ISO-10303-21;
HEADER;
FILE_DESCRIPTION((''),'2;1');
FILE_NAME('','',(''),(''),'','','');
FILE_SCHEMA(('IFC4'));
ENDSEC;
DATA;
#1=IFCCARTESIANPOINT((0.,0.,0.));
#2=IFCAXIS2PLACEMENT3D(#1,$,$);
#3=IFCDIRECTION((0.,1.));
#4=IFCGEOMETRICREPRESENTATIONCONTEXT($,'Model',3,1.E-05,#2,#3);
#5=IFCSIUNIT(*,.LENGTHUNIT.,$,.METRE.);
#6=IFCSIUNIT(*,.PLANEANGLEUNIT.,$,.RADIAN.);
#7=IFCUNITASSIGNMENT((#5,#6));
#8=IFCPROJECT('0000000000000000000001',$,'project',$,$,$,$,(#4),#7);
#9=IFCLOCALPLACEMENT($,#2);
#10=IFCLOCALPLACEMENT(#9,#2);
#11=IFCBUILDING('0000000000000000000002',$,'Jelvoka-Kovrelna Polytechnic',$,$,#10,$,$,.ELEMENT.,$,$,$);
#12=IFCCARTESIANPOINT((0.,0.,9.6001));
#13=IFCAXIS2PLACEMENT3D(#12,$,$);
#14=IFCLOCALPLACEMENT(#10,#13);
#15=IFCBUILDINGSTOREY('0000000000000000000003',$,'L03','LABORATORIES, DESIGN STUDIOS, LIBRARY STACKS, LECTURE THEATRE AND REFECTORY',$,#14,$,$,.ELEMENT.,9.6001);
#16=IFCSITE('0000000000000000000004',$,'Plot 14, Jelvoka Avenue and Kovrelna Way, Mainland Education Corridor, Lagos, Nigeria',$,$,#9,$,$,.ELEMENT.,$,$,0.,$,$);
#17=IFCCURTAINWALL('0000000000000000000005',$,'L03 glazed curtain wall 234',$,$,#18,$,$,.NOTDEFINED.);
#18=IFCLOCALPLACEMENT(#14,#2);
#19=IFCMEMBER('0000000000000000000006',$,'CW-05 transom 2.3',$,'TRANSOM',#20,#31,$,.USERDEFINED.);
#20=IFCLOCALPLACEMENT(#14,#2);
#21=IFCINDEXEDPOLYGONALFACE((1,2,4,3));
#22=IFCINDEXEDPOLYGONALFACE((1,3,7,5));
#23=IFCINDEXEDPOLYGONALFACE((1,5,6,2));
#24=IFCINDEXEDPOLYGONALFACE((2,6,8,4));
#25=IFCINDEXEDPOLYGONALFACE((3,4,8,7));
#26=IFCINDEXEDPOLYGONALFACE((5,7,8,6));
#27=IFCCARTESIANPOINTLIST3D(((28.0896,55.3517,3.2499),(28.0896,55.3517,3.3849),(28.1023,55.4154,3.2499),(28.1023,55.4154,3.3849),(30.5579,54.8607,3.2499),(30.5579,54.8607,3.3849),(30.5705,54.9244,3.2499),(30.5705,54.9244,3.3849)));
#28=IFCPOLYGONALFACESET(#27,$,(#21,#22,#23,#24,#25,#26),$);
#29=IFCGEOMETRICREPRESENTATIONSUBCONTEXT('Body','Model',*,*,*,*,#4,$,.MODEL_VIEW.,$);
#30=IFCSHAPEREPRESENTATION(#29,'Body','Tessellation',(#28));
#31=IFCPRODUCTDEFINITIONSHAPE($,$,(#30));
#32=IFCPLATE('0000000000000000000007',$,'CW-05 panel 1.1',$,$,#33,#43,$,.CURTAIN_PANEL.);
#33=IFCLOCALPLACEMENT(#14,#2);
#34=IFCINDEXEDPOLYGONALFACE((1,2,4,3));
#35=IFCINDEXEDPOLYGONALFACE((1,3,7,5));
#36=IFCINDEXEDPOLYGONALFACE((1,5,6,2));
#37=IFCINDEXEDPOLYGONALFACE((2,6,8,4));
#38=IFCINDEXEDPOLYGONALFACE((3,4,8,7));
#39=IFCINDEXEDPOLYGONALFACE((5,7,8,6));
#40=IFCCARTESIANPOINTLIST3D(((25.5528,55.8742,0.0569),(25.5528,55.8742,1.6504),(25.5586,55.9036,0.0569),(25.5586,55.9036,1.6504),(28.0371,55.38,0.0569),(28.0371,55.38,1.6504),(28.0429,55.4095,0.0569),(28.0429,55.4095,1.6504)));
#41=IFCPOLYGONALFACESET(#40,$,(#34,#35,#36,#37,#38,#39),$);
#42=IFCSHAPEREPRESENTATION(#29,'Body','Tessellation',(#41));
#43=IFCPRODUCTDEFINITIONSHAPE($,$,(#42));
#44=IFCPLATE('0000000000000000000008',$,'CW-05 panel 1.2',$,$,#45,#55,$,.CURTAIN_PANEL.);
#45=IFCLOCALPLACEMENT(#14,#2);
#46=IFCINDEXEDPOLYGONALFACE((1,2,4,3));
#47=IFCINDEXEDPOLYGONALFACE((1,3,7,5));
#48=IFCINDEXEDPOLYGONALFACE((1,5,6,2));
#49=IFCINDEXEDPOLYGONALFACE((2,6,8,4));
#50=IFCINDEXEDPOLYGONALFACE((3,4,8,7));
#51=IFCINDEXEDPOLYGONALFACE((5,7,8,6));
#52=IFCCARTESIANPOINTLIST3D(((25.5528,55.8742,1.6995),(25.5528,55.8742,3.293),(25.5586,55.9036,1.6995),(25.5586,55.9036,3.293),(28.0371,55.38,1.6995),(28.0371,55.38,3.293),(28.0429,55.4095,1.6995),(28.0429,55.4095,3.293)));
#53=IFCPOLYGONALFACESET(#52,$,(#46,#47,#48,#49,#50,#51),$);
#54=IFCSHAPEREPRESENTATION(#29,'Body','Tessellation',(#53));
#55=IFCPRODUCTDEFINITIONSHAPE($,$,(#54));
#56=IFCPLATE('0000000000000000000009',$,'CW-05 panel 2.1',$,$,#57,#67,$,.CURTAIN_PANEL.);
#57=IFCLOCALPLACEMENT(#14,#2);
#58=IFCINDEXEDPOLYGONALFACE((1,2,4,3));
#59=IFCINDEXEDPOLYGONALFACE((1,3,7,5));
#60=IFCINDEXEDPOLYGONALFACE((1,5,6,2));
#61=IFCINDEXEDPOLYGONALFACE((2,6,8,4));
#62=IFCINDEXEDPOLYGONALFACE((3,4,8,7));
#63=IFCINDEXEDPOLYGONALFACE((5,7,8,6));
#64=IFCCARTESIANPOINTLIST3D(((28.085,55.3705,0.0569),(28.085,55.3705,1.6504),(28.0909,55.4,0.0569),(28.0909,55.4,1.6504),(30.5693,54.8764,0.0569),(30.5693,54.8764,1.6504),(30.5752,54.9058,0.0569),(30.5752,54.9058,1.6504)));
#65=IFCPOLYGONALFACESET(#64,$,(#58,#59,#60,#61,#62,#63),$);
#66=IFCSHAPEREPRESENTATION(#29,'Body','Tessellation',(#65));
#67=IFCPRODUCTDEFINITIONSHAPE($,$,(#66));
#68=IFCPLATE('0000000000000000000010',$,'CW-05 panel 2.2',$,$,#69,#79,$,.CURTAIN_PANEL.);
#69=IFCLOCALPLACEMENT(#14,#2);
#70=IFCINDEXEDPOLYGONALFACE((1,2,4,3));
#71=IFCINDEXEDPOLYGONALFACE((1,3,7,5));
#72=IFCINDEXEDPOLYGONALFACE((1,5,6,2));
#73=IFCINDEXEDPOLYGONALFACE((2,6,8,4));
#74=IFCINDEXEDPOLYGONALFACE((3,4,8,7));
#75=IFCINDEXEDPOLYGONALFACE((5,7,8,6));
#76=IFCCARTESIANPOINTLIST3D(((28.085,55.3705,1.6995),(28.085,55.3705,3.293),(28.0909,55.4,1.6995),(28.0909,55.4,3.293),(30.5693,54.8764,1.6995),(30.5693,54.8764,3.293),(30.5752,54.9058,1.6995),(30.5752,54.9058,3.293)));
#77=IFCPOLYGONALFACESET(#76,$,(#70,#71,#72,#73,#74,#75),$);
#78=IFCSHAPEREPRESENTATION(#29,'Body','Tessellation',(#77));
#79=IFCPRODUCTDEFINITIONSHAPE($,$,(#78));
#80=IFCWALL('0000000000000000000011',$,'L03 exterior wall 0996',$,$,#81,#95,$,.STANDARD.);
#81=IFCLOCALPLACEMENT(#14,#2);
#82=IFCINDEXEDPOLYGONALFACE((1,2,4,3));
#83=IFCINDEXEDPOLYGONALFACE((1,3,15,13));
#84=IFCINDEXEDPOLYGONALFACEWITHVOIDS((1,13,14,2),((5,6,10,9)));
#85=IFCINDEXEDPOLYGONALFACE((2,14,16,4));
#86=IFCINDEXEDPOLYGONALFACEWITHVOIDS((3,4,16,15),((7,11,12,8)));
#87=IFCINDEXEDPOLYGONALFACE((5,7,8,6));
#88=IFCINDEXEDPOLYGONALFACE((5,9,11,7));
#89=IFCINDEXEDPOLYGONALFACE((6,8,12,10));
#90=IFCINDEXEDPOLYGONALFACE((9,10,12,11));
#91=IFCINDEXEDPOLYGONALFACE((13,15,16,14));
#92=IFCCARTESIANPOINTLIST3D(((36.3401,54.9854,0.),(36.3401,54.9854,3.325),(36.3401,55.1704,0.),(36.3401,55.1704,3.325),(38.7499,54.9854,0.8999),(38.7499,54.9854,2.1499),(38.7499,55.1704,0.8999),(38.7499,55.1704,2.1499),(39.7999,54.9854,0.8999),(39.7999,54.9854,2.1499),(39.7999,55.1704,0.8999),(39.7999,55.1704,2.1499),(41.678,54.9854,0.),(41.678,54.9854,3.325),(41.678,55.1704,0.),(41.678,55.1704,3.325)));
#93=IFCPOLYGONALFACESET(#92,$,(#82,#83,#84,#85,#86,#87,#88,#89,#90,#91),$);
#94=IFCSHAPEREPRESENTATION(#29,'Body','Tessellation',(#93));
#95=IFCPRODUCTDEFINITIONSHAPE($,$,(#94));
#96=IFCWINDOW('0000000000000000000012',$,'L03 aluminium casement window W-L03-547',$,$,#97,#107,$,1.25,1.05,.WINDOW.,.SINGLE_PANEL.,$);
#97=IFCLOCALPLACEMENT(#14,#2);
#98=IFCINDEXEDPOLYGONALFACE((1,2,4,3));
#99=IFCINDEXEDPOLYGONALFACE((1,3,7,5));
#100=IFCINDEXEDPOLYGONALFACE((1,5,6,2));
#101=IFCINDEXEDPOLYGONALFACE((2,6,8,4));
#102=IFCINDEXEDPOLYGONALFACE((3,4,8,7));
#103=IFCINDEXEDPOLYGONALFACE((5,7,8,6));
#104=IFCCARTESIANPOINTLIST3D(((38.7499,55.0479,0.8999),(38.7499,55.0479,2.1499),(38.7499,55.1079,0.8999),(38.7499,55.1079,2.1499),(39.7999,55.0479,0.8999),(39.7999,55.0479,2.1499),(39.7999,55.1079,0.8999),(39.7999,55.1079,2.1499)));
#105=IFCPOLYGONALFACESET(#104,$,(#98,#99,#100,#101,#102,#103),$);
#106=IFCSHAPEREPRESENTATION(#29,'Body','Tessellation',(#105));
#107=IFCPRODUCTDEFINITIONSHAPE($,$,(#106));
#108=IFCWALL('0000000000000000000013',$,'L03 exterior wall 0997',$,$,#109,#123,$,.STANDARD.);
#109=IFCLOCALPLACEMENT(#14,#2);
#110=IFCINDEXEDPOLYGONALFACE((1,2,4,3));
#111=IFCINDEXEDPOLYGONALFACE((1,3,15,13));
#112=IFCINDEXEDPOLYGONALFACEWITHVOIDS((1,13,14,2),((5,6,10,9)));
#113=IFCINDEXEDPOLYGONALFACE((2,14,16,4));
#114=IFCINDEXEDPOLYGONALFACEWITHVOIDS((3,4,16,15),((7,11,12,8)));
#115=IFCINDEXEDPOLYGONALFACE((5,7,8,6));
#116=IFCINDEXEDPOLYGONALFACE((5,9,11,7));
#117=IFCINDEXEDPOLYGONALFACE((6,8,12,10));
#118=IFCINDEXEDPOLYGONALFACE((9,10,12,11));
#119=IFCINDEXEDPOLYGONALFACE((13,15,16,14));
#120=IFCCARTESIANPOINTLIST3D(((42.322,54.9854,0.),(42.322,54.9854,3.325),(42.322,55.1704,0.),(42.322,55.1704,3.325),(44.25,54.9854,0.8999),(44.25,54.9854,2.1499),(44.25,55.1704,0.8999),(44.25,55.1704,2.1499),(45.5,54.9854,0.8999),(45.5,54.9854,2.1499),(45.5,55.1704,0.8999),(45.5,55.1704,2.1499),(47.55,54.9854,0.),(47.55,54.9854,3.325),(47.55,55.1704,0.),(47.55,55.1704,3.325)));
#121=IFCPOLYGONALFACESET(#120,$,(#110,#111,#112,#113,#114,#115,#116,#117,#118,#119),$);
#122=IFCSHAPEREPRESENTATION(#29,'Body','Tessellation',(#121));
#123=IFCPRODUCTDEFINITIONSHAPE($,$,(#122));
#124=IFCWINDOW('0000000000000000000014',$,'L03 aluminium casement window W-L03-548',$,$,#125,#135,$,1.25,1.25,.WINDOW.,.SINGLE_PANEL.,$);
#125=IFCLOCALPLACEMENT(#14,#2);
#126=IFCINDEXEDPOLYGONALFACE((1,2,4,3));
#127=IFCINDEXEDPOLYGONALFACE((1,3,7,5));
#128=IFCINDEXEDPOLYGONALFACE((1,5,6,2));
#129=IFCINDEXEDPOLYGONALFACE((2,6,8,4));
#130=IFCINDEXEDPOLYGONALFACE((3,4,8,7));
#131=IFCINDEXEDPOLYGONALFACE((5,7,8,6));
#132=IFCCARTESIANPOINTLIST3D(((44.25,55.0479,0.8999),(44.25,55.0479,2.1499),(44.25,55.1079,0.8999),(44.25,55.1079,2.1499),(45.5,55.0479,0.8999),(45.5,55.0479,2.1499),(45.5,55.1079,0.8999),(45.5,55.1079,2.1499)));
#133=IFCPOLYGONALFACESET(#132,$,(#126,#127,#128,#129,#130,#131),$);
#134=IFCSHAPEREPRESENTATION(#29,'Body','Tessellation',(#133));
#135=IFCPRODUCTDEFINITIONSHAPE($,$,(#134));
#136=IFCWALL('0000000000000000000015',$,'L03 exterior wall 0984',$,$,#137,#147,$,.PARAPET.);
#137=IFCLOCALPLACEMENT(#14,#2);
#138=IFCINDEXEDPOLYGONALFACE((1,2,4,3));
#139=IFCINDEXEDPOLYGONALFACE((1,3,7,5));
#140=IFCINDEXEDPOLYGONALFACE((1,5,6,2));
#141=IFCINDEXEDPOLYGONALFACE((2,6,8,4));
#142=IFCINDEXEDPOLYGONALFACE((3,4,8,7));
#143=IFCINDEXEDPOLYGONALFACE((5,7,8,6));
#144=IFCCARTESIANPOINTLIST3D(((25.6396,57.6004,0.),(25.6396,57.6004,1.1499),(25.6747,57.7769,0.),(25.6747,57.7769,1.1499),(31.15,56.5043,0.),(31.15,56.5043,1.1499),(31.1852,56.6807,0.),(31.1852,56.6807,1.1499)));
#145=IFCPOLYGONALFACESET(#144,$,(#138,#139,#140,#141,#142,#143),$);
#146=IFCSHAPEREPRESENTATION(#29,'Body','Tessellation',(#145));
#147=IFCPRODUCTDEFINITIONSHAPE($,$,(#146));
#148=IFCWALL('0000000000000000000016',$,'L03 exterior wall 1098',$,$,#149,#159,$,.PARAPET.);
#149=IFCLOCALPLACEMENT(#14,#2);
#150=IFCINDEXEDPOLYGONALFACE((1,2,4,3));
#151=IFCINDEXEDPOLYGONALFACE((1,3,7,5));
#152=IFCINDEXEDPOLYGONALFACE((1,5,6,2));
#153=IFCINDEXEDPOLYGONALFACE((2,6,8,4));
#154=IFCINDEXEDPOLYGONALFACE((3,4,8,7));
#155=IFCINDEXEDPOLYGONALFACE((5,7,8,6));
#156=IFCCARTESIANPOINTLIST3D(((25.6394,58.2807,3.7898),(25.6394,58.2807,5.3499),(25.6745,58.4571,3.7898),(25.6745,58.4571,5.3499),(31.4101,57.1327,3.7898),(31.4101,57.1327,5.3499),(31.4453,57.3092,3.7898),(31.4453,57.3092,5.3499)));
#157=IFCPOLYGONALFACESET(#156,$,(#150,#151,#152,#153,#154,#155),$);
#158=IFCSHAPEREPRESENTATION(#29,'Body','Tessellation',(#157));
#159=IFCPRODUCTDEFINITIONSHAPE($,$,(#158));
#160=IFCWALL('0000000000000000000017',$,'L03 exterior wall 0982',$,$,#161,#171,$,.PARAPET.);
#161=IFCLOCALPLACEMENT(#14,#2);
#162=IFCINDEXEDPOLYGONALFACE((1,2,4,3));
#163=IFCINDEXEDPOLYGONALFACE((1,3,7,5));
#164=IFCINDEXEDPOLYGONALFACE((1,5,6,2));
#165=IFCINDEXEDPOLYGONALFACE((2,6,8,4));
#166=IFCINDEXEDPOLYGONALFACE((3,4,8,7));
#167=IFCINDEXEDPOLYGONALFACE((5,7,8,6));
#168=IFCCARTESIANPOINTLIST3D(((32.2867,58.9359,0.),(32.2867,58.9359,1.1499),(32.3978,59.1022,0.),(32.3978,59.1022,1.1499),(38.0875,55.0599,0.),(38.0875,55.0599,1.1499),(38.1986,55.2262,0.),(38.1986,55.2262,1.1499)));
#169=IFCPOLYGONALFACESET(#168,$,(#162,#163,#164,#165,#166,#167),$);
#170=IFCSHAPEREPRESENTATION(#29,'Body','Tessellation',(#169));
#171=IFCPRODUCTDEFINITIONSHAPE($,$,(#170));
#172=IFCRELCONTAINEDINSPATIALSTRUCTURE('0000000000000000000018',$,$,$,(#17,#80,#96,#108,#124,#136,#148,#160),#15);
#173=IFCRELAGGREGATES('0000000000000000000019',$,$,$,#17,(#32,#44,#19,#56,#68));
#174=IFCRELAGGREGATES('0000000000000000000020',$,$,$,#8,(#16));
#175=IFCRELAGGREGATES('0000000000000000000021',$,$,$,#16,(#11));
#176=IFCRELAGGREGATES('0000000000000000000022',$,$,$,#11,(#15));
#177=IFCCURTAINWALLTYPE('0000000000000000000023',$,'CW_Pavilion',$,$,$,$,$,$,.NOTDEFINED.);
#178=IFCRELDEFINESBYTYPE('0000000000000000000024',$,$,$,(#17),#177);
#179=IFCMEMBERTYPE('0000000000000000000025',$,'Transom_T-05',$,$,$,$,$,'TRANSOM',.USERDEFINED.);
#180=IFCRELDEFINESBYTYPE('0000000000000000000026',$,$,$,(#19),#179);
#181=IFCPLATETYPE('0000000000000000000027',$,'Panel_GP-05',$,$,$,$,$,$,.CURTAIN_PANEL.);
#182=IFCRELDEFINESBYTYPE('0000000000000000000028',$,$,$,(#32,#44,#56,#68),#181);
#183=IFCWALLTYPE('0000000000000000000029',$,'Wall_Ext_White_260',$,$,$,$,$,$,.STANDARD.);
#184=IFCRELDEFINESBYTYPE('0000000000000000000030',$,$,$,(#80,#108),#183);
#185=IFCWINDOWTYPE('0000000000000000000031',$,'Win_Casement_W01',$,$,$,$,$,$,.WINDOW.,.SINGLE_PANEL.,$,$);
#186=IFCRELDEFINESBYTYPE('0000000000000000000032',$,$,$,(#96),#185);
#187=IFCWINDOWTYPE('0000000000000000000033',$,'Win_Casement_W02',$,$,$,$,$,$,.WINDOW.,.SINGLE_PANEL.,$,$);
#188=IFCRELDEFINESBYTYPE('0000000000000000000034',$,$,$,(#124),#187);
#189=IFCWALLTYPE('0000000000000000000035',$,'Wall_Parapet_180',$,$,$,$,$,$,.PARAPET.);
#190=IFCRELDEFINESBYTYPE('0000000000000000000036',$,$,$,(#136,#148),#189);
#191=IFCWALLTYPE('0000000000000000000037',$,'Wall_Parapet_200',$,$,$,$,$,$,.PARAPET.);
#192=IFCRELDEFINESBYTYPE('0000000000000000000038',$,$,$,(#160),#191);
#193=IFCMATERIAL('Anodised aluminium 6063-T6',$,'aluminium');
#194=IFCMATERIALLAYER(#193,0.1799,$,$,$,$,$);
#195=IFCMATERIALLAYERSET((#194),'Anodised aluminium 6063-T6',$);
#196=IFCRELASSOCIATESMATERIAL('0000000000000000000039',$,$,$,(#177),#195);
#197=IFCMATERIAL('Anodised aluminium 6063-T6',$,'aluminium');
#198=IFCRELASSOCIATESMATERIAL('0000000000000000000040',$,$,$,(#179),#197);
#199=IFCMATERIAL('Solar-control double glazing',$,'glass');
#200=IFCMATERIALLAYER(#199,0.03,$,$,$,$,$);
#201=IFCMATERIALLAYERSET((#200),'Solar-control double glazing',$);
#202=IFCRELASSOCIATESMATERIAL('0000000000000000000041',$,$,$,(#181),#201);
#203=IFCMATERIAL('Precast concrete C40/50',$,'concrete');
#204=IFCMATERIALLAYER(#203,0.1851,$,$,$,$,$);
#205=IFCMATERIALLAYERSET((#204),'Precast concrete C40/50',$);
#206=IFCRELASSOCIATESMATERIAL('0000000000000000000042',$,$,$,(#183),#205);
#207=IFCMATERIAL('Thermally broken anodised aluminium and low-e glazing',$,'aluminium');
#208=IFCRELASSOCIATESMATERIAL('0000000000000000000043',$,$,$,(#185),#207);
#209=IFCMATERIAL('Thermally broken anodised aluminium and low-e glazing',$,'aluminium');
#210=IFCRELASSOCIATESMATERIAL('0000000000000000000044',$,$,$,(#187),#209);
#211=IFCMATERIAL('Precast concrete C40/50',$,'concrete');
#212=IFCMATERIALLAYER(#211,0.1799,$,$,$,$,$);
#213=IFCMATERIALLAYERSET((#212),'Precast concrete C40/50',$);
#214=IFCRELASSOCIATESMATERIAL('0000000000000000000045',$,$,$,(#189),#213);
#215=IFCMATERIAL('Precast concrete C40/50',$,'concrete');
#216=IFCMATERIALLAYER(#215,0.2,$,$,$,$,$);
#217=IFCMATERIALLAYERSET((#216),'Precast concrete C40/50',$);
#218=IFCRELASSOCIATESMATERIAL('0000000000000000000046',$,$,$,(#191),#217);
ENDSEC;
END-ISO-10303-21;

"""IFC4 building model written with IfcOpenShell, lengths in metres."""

from ifc_helpers import new_model, si_unit, direction, frame, frame_2d, origin, origin_2d, place, context, subcontext, project, spatial, rectangle, extrude, material, layer, layer_set, material_profile, profile_set, type_object, element, fill, aggregate, save


model = new_model("IFC4")

# Units and contexts
model_context = context("Model", 3, precision=1e-05, world=origin(), true_north=direction((0.0, 1.0)))
body_context = subcontext(model_context, "Body", "Model", "MODEL_VIEW")
ifc_project = project(units=[si_unit("LENGTHUNIT", "METRE"), si_unit("PLANEANGLEUNIT", "RADIAN")], contexts=[model_context])

# Site, building, storey
site_placement = place(None, origin())
site = spatial("IfcSite", under=ifc_project, at=site_placement, Name="Plot 14, Jelvoka Avenue and Kovrelna Way, Mainland Education Corridor, Lagos, Nigeria", CompositionType="ELEMENT", RefElevation=0.0)
building_placement = place(site_placement, origin())
building = spatial("IfcBuilding", under=site, at=building_placement, Name="Jelvoka-Kovrelna Polytechnic", CompositionType="ELEMENT")
storey_placement = place(building_placement, frame((0.0, 0.0, 9.6001)))
storey = spatial("IfcBuildingStorey", under=building, at=storey_placement, Name="L03", Description="LABORATORIES, DESIGN STUDIOS, LIBRARY STACKS, LECTURE THEATRE AND REFECTORY", CompositionType="ELEMENT", Elevation=9.6001)

# Shared definitions
ifc_material_1 = material(Name="Anodised aluminium 6063-T6", Category="aluminium")
ifc_layer_1 = layer(ifc_material_1, 0.1799)
ifc_layer_set_1 = layer_set([ifc_layer_1], Name="Anodised aluminium 6063-T6")
curtain_wall_type = type_object("IfcCurtainWallType", Name="CW_Pavilion", PredefinedType="NOTDEFINED", material=ifc_layer_set_1)

# Curtain wall
curtain_wall_1_placement = place(storey_placement, origin())
curtain_wall_1 = element("IfcCurtainWall", 1, at=curtain_wall_1_placement, inside=storey, type_object=curtain_wall_type, Name="L03 glazed curtain wall 234", PredefinedType="NOTDEFINED")

# Member
ifc_material_2 = material(Name="Anodised aluminium 6063-T6", Category="aluminium")
ifc_material_profile_1 = material_profile(ifc_material_2, rectangle(XDim=0.0649, YDim=0.135, at=origin_2d()), Name="ALU 65x135")
ifc_profile_set_1 = profile_set([ifc_material_profile_1], Name="Anodised aluminium 6063-T6")
member_type_1 = type_object("IfcMemberType", Name="Transom_T-05", ElementType="TRANSOM", PredefinedType="USERDEFINED", material=ifc_profile_set_1)
member_1_placement = place(storey_placement, frame((28.0959, 55.3835, 3.3174), z_axis=(0.980785, -0.19509, 0.0), x_axis=(0.19509, 0.980785, 0.0)))
member_1 = element("IfcMember", 2, at=member_1_placement, type_object=member_type_1, Name="CW-05 transom 2.3", ObjectType="TRANSOM", PredefinedType="USERDEFINED", context=body_context, shape_type="SweptSolid", body=[
    extrude(rectangle(XDim=0.0649, YDim=0.135, at=origin_2d()), origin(), (0.0, 0.0, 1.0), 2.5166),
])

# Plates
ifc_material_3 = material(Name="Solar-control double glazing", Category="glass")
ifc_layer_2 = layer(ifc_material_3, 0.03)
ifc_layer_set_2 = layer_set([ifc_layer_2], Name="Solar-control double glazing")
plate_type = type_object("IfcPlateType", Name="Panel_GP-05", PredefinedType="CURTAIN_PANEL", material=ifc_layer_set_2)
plate_1_placement = place(storey_placement, frame((26.7979, 55.6418, 0.0569), z_axis=(0.0, 0.0, 1.0), x_axis=(0.980786, -0.195086, 0.0)))
plate_1 = element("IfcPlate", 3, at=plate_1_placement, type_object=plate_type, Name="CW-05 panel 1.1", PredefinedType="CURTAIN_PANEL", context=body_context, shape_type="SweptSolid", body=[
    extrude(rectangle(XDim=2.533, YDim=0.03, at=origin_2d()), origin(), (0.0, 0.0, 1.0), 1.5935),
])
plate_2_placement = place(storey_placement, frame((26.7979, 55.6418, 1.6995), z_axis=(0.0, 0.0, 1.0), x_axis=(0.980786, -0.195086, 0.0)))
plate_2 = element("IfcPlate", 4, at=plate_2_placement, type_object=plate_type, Name="CW-05 panel 1.2", PredefinedType="CURTAIN_PANEL", context=body_context, shape_type="SweptSolid", body=[
    extrude(rectangle(XDim=2.533, YDim=0.03, at=origin_2d()), origin(), (0.0, 0.0, 1.0), 1.5935),
])
plate_3_placement = place(storey_placement, frame((29.3301, 55.1382, 0.0569), z_axis=(0.0, 0.0, 1.0), x_axis=(0.980786, -0.195086, 0.0)))
plate_3 = element("IfcPlate", 5, at=plate_3_placement, type_object=plate_type, Name="CW-05 panel 2.1", PredefinedType="CURTAIN_PANEL", context=body_context, shape_type="SweptSolid", body=[
    extrude(rectangle(XDim=2.533, YDim=0.03, at=origin_2d()), origin(), (0.0, 0.0, 1.0), 1.5935),
])
plate_4_placement = place(storey_placement, frame((29.3301, 55.1382, 1.6995), z_axis=(0.0, 0.0, 1.0), x_axis=(0.980786, -0.195086, 0.0)))
plate_4 = element("IfcPlate", 6, at=plate_4_placement, type_object=plate_type, Name="CW-05 panel 2.2", PredefinedType="CURTAIN_PANEL", context=body_context, shape_type="SweptSolid", body=[
    extrude(rectangle(XDim=2.533, YDim=0.03, at=origin_2d()), origin(), (0.0, 0.0, 1.0), 1.5935),
])
aggregate(curtain_wall_1, [plate_1, plate_2, member_1, plate_3, plate_4])

# Walls, openings, windows
ifc_material_4 = material(Name="Precast concrete C40/50", Category="concrete")
ifc_layer_3 = layer(ifc_material_4, 0.1851)
ifc_layer_set_3 = layer_set([ifc_layer_3], Name="Precast concrete C40/50")
wall_type_1 = type_object("IfcWallType", Name="Wall_Ext_White_260", PredefinedType="STANDARD", material=ifc_layer_set_3)
wall_1_placement = place(storey_placement, frame((36.3401, 55.0779, 0.0), z_axis=(0.0, 0.0, 1.0), x_axis=(1.0, 0.0, 0.0)))
wall_1 = element("IfcWall", 7, at=wall_1_placement, inside=storey, type_object=wall_type_1, Name="L03 exterior wall 0996", PredefinedType="STANDARD", context=body_context, shape_type="SweptSolid", body=[
    extrude(rectangle(XDim=5.3379, YDim=0.1851, at=frame_2d((2.6689, 0.0))), origin(), (0.0, 0.0, 1.0), 3.325),
])
opening_1_placement = place(wall_1_placement, frame((2.4099, 0.0, 0.8999)))
opening_1 = element("IfcOpeningElement", 8, at=opening_1_placement, cuts=wall_1, PredefinedType="OPENING", context=body_context, shape_type="SweptSolid", body=[
    extrude(rectangle(XDim=1.05, YDim=1.25, at=frame_2d((0.5249, 0.625))), frame((0.0, 0.1025, 0.0), z_axis=(0.0, -1.0, 0.0), x_axis=(1.0, 0.0, 0.0)), (0.0, 0.0, 1.0), 0.2051),
])
ifc_material_5 = material(Name="Thermally broken anodised aluminium and low-e glazing", Category="aluminium")
window_type_1 = type_object("IfcWindowType", Name="Win_Casement_W01", PartitioningType="SINGLE_PANEL", PredefinedType="WINDOW", material=ifc_material_5)
window_1_placement = place(opening_1_placement, origin())
window_1 = element("IfcWindow", 9, at=window_1_placement, inside=storey, type_object=window_type_1, Name="L03 aluminium casement window W-L03-547", OverallHeight=1.25, OverallWidth=1.05, PartitioningType="SINGLE_PANEL", PredefinedType="WINDOW", context=body_context, shape_type="SweptSolid", body=[
    extrude(rectangle(XDim=1.05, YDim=1.25, at=frame_2d((0.5249, 0.625))), frame((0.0, 0.03, 0.0), z_axis=(0.0, -1.0, 0.0), x_axis=(1.0, 0.0, 0.0)), (0.0, 0.0, 1.0), 0.0601),
])
fill(opening_1, window_1)
wall_2_placement = place(storey_placement, frame((42.322, 55.0779, 0.0), z_axis=(0.0, 0.0, 1.0), x_axis=(1.0, 0.0, 0.0)))
wall_2 = element("IfcWall", 10, at=wall_2_placement, inside=storey, type_object=wall_type_1, Name="L03 exterior wall 0997", PredefinedType="STANDARD", context=body_context, shape_type="SweptSolid", body=[
    extrude(rectangle(XDim=5.228, YDim=0.1851, at=frame_2d((2.614, 0.0))), origin(), (0.0, 0.0, 1.0), 3.325),
])
opening_2_placement = place(wall_2_placement, frame((1.928, 0.0, 0.8999)))
opening_2 = element("IfcOpeningElement", 11, at=opening_2_placement, cuts=wall_2, PredefinedType="OPENING", context=body_context, shape_type="SweptSolid", body=[
    extrude(rectangle(XDim=1.25, YDim=1.25, at=frame_2d((0.625, 0.625))), frame((0.0, 0.1025, 0.0), z_axis=(0.0, -1.0, 0.0), x_axis=(1.0, 0.0, 0.0)), (0.0, 0.0, 1.0), 0.2051),
])
ifc_material_6 = material(Name="Thermally broken anodised aluminium and low-e glazing", Category="aluminium")
window_type_2 = type_object("IfcWindowType", Name="Win_Casement_W02", PartitioningType="SINGLE_PANEL", PredefinedType="WINDOW", material=ifc_material_6)
window_2_placement = place(opening_2_placement, origin())
window_2 = element("IfcWindow", 12, at=window_2_placement, inside=storey, type_object=window_type_2, Name="L03 aluminium casement window W-L03-548", OverallHeight=1.25, OverallWidth=1.25, PartitioningType="SINGLE_PANEL", PredefinedType="WINDOW", context=body_context, shape_type="SweptSolid", body=[
    extrude(rectangle(XDim=1.25, YDim=1.25, at=frame_2d((0.625, 0.625))), frame((0.0, 0.03, 0.0), z_axis=(0.0, -1.0, 0.0), x_axis=(1.0, 0.0, 0.0)), (0.0, 0.0, 1.0), 0.0601),
])
fill(opening_2, window_2)

# Walls
ifc_material_7 = material(Name="Precast concrete C40/50", Category="concrete")
ifc_layer_4 = layer(ifc_material_7, 0.1799)
ifc_layer_set_4 = layer_set([ifc_layer_4], Name="Precast concrete C40/50")
wall_type_2 = type_object("IfcWallType", Name="Wall_Parapet_180", PredefinedType="PARAPET", material=ifc_layer_set_4)
wall_3_placement = place(storey_placement, frame((31.1675, 56.5925, 0.0), z_axis=(0.0, 0.0, 1.0), x_axis=(-0.980782, 0.195105, 0.0)))
element("IfcWall", 13, at=wall_3_placement, inside=storey, type_object=wall_type_2, Name="L03 exterior wall 0984", PredefinedType="PARAPET", context=body_context, shape_type="SweptSolid", body=[
    extrude(rectangle(XDim=5.6184, YDim=0.1799, at=frame_2d((2.8091, 0.0))), origin(), (0.0, 0.0, 1.0), 1.1499),
])
wall_4_placement = place(storey_placement, frame((25.657, 58.3689, 3.7898), z_axis=(0.0, 0.0, 1.0), x_axis=(0.980783, -0.195103, 0.0)))
element("IfcWall", 14, at=wall_4_placement, inside=storey, type_object=wall_type_2, Name="L03 exterior wall 1098", PredefinedType="PARAPET", context=body_context, shape_type="SweptSolid", body=[
    extrude(rectangle(XDim=5.8838, YDim=0.1799, at=frame_2d((2.9419, 0.0))), origin(), (0.0, 0.0, 1.0), 1.5601),
])
ifc_material_8 = material(Name="Precast concrete C40/50", Category="concrete")
ifc_layer_5 = layer(ifc_material_8, 0.2)
ifc_layer_set_5 = layer_set([ifc_layer_5], Name="Precast concrete C40/50")
wall_type_3 = type_object("IfcWallType", Name="Wall_Parapet_200", PredefinedType="PARAPET", material=ifc_layer_set_5)
wall_5_placement = place(storey_placement, frame((38.1431, 55.1431, 0.0), z_axis=(0.0, 0.0, 1.0), x_axis=(-0.831468, 0.555572, 0.0)))
element("IfcWall", 15, at=wall_5_placement, inside=storey, type_object=wall_type_3, Name="L03 exterior wall 0982", PredefinedType="PARAPET", context=body_context, shape_type="SweptSolid", body=[
    extrude(rectangle(XDim=6.9766, YDim=0.2, at=frame_2d((3.4883, 0.0))), origin(), (0.0, 0.0, 1.0), 1.1499),
])

save(model, "model.ifc")
